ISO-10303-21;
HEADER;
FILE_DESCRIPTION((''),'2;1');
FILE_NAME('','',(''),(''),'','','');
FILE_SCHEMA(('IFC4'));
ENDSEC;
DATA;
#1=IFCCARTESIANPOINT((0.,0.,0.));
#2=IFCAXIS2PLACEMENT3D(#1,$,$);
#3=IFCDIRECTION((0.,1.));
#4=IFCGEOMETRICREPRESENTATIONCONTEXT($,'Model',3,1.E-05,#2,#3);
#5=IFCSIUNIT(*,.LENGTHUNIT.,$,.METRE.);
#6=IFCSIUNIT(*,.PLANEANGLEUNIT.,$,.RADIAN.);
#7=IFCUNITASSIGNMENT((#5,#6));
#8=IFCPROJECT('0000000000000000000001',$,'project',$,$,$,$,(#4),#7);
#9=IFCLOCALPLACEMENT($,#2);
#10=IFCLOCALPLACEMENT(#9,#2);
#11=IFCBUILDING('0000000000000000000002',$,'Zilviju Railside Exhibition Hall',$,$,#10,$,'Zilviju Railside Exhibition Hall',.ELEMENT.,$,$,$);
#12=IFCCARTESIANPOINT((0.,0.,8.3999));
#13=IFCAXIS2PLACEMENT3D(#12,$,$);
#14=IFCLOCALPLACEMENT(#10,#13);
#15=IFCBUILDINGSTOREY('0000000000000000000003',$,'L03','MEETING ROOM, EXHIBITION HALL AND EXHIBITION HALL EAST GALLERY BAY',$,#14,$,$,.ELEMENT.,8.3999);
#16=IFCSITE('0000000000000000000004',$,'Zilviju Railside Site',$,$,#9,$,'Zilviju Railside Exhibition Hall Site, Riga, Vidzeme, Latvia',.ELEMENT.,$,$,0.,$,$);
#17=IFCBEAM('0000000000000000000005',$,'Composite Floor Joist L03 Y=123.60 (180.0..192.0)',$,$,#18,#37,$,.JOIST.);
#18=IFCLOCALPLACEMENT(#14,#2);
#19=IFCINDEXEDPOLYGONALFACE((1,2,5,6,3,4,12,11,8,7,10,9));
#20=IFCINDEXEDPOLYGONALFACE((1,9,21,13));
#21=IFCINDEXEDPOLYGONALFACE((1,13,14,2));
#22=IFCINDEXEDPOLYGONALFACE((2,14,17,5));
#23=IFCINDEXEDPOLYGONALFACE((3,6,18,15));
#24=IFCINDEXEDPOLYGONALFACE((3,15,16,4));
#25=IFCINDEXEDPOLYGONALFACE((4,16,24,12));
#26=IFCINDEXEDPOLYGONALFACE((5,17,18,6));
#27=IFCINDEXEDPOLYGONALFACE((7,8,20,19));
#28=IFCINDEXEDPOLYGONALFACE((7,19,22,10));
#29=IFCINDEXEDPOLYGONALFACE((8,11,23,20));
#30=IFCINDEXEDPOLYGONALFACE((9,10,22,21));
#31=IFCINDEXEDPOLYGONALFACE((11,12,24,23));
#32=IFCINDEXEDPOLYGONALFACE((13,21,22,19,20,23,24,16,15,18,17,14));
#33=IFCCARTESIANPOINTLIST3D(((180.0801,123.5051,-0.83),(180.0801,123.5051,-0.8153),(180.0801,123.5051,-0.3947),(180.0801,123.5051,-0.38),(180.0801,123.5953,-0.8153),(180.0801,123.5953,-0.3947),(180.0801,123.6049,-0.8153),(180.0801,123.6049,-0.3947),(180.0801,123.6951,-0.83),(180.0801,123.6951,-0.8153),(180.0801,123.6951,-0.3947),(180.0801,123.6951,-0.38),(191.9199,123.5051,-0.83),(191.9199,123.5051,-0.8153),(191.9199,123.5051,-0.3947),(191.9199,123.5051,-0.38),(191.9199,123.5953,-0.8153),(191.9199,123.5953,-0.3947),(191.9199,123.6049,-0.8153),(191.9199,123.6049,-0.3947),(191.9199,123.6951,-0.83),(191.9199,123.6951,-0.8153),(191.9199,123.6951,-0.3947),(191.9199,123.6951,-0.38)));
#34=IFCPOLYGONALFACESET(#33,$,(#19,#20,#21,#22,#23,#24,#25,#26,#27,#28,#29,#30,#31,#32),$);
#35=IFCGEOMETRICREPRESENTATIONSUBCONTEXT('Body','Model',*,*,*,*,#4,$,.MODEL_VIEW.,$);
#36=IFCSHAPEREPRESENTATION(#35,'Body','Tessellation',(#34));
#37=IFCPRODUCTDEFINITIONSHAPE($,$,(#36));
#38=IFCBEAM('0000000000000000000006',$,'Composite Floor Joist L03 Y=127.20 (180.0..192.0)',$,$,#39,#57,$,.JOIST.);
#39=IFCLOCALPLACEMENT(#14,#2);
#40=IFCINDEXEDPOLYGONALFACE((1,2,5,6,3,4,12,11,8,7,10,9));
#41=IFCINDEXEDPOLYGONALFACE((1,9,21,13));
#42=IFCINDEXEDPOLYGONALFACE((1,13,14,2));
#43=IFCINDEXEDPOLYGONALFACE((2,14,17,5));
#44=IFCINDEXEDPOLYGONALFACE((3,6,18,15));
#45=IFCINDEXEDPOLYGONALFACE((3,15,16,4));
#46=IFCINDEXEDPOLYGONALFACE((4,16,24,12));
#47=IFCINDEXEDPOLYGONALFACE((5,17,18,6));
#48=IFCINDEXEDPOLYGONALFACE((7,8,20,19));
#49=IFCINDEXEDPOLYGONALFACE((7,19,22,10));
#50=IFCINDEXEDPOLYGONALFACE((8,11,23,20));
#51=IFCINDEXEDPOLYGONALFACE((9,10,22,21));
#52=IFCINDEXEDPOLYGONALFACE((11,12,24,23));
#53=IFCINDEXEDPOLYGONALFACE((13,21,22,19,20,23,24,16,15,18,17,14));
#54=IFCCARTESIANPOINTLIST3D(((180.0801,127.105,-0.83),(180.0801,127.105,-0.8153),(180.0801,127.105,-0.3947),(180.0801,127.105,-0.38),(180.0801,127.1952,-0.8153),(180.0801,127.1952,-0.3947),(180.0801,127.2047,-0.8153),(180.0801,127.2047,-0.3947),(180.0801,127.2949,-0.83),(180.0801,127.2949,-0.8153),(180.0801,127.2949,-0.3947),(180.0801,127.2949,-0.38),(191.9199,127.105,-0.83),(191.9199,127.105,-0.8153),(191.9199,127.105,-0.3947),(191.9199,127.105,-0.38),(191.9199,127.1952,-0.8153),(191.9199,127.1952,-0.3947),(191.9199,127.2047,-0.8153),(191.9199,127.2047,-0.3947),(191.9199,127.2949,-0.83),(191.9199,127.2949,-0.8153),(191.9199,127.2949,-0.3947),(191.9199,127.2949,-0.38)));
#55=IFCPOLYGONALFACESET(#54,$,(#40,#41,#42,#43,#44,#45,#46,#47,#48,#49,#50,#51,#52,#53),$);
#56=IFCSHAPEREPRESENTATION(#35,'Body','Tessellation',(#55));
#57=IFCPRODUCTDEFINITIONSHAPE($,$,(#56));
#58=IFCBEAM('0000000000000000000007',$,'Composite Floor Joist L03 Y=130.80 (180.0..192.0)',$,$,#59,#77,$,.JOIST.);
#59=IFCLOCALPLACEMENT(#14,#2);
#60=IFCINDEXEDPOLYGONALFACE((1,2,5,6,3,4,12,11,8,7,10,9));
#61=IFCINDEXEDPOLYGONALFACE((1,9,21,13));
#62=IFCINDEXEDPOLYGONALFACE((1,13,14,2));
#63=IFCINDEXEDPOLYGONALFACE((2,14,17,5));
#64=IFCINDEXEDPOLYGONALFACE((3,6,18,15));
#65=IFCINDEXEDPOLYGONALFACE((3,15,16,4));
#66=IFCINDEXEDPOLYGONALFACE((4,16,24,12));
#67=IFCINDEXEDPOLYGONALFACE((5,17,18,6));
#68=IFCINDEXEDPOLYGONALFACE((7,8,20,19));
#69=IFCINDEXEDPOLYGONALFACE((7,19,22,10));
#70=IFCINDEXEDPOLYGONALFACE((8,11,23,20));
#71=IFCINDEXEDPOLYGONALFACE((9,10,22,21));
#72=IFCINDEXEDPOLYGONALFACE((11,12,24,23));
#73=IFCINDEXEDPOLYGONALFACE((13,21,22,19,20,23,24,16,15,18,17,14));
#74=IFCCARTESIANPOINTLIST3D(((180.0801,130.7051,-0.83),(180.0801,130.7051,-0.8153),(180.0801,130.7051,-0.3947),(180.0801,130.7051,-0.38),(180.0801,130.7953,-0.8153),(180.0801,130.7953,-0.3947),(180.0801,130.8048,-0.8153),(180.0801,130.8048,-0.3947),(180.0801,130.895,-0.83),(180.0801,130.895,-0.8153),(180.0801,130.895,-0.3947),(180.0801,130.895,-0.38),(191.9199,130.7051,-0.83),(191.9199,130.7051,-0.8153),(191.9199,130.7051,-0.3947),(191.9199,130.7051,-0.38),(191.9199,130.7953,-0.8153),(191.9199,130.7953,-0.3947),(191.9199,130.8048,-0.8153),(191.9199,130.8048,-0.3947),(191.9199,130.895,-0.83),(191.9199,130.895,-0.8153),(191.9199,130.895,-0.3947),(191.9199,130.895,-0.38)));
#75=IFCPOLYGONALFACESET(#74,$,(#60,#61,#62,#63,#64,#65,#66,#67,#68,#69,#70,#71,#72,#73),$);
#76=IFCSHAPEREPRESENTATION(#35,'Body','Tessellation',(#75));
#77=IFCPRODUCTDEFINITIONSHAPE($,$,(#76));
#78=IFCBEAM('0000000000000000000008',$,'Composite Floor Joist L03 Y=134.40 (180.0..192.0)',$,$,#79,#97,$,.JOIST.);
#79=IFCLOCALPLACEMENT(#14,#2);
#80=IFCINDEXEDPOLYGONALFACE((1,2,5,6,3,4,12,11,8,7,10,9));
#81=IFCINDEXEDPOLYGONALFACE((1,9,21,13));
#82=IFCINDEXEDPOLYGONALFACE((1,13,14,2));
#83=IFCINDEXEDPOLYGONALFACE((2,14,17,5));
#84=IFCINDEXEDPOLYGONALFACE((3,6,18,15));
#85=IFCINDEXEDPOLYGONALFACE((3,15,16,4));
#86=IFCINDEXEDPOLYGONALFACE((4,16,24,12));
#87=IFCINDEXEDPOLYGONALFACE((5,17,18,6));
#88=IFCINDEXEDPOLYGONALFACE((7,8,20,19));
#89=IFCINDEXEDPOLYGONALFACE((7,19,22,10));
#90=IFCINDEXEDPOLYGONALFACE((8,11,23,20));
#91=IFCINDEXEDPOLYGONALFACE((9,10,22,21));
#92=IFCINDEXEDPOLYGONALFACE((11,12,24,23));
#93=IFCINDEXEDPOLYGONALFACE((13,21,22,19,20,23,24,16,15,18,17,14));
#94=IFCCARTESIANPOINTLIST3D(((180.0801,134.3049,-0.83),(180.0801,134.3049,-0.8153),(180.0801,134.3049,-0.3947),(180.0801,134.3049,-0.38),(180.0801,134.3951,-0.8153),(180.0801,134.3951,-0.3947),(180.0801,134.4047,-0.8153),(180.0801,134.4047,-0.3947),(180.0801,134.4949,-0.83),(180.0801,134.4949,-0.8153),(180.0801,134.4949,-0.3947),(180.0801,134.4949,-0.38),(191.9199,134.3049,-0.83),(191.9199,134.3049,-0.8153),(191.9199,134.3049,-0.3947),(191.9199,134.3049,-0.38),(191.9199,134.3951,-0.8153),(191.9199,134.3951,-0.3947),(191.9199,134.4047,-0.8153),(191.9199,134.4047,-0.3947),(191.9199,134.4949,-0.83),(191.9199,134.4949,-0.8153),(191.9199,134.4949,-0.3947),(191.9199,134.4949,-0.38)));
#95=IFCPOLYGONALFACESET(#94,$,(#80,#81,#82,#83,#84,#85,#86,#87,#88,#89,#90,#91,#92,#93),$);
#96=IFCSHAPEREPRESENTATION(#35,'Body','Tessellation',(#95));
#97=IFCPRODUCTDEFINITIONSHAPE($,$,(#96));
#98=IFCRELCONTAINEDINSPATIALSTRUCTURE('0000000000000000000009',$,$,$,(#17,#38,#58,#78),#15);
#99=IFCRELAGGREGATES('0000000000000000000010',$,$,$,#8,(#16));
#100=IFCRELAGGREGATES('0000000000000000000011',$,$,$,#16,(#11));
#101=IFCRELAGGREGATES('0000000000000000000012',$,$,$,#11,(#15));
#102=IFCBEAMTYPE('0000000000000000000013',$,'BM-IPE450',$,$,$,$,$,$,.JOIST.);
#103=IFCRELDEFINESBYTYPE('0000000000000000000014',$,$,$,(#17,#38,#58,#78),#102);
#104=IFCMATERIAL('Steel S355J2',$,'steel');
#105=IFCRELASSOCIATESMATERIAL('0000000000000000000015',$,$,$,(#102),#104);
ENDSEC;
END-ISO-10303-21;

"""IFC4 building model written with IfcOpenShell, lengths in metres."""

from ifc_helpers import new_model, si_unit, direction, frame, origin, origin_2d, place, context, subcontext, project, spatial, i_section, extrude, material, material_profile, profile_set, type_object, element, save


model = new_model("IFC4")

# Units and contexts
model_context = context("Model", 3, precision=1e-05, world=origin(), true_north=direction((0.0, 1.0)))
body_context = subcontext(model_context, "Body", "Model", "MODEL_VIEW")
ifc_project = project(units=[si_unit("LENGTHUNIT", "METRE"), si_unit("PLANEANGLEUNIT", "RADIAN")], contexts=[model_context])

# Site, building, storey
site_placement = place(None, origin())
site = spatial("IfcSite", under=ifc_project, at=site_placement, Name="Zilviju Railside Site", LongName="Zilviju Railside Exhibition Hall Site, Riga, Vidzeme, Latvia", CompositionType="ELEMENT", RefElevation=0.0)
building_placement = place(site_placement, origin())
building = spatial("IfcBuilding", under=site, at=building_placement, Name="Zilviju Railside Exhibition Hall", LongName="Zilviju Railside Exhibition Hall", CompositionType="ELEMENT")
storey_placement = place(building_placement, frame((0.0, 0.0, 8.3999)))
storey = spatial("IfcBuildingStorey", under=building, at=storey_placement, Name="L03", Description="MEETING ROOM, EXHIBITION HALL AND EXHIBITION HALL EAST GALLERY BAY", CompositionType="ELEMENT", Elevation=8.3999)

# Shared definitions
ifc_material = material(Name="Steel S355J2", Category="steel")

# Beams
ifc_material_profile_1 = material_profile(ifc_material, i_section(OverallWidth=0.1899, OverallDepth=0.45, WebThickness=0.0095, FlangeThickness=0.0146, at=origin_2d()), Name="IPE 450")
ifc_profile_set_1 = profile_set([ifc_material_profile_1], Name="Steel S355J2")
beam_type_1 = type_object("IfcBeamType", Name="BM-IPE450", PredefinedType="JOIST", material=ifc_profile_set_1)
for number, where, z_axis, x_axis, name in (
    (1, (180.0801, 123.6001, -0.605), (1.0, 0.0, 0.0), (0.0, 1.0, 0.0), "Composite Floor Joist L03 Y=123.60 (180.0..192.0)"),
    (2, (180.0801, 127.2, -0.605), (1.0, 0.0, 0.0), (0.0, 1.0, 0.0), "Composite Floor Joist L03 Y=127.20 (180.0..192.0)"),
    (3, (180.0801, 130.8, -0.605), (1.0, 0.0, 0.0), (0.0, 1.0, 0.0), "Composite Floor Joist L03 Y=130.80 (180.0..192.0)"),
    (4, (180.0801, 134.3999, -0.605), (1.0, 0.0, 0.0), (0.0, 1.0, 0.0), "Composite Floor Joist L03 Y=134.40 (180.0..192.0)"),
):
    element("IfcBeam", number, at=place(storey_placement, frame(where, z_axis=z_axis, x_axis=x_axis)), inside=storey, type_object=beam_type_1, Name=name, PredefinedType="JOIST", context=body_context, shape_type="SweptSolid", body=[
        extrude(i_section(OverallWidth=0.1899, OverallDepth=0.45, WebThickness=0.0095, FlangeThickness=0.0146, at=origin_2d()), origin(), (0.0, 0.0, 1.0), 11.8398),
    ])

save(model, "model.ifc")
